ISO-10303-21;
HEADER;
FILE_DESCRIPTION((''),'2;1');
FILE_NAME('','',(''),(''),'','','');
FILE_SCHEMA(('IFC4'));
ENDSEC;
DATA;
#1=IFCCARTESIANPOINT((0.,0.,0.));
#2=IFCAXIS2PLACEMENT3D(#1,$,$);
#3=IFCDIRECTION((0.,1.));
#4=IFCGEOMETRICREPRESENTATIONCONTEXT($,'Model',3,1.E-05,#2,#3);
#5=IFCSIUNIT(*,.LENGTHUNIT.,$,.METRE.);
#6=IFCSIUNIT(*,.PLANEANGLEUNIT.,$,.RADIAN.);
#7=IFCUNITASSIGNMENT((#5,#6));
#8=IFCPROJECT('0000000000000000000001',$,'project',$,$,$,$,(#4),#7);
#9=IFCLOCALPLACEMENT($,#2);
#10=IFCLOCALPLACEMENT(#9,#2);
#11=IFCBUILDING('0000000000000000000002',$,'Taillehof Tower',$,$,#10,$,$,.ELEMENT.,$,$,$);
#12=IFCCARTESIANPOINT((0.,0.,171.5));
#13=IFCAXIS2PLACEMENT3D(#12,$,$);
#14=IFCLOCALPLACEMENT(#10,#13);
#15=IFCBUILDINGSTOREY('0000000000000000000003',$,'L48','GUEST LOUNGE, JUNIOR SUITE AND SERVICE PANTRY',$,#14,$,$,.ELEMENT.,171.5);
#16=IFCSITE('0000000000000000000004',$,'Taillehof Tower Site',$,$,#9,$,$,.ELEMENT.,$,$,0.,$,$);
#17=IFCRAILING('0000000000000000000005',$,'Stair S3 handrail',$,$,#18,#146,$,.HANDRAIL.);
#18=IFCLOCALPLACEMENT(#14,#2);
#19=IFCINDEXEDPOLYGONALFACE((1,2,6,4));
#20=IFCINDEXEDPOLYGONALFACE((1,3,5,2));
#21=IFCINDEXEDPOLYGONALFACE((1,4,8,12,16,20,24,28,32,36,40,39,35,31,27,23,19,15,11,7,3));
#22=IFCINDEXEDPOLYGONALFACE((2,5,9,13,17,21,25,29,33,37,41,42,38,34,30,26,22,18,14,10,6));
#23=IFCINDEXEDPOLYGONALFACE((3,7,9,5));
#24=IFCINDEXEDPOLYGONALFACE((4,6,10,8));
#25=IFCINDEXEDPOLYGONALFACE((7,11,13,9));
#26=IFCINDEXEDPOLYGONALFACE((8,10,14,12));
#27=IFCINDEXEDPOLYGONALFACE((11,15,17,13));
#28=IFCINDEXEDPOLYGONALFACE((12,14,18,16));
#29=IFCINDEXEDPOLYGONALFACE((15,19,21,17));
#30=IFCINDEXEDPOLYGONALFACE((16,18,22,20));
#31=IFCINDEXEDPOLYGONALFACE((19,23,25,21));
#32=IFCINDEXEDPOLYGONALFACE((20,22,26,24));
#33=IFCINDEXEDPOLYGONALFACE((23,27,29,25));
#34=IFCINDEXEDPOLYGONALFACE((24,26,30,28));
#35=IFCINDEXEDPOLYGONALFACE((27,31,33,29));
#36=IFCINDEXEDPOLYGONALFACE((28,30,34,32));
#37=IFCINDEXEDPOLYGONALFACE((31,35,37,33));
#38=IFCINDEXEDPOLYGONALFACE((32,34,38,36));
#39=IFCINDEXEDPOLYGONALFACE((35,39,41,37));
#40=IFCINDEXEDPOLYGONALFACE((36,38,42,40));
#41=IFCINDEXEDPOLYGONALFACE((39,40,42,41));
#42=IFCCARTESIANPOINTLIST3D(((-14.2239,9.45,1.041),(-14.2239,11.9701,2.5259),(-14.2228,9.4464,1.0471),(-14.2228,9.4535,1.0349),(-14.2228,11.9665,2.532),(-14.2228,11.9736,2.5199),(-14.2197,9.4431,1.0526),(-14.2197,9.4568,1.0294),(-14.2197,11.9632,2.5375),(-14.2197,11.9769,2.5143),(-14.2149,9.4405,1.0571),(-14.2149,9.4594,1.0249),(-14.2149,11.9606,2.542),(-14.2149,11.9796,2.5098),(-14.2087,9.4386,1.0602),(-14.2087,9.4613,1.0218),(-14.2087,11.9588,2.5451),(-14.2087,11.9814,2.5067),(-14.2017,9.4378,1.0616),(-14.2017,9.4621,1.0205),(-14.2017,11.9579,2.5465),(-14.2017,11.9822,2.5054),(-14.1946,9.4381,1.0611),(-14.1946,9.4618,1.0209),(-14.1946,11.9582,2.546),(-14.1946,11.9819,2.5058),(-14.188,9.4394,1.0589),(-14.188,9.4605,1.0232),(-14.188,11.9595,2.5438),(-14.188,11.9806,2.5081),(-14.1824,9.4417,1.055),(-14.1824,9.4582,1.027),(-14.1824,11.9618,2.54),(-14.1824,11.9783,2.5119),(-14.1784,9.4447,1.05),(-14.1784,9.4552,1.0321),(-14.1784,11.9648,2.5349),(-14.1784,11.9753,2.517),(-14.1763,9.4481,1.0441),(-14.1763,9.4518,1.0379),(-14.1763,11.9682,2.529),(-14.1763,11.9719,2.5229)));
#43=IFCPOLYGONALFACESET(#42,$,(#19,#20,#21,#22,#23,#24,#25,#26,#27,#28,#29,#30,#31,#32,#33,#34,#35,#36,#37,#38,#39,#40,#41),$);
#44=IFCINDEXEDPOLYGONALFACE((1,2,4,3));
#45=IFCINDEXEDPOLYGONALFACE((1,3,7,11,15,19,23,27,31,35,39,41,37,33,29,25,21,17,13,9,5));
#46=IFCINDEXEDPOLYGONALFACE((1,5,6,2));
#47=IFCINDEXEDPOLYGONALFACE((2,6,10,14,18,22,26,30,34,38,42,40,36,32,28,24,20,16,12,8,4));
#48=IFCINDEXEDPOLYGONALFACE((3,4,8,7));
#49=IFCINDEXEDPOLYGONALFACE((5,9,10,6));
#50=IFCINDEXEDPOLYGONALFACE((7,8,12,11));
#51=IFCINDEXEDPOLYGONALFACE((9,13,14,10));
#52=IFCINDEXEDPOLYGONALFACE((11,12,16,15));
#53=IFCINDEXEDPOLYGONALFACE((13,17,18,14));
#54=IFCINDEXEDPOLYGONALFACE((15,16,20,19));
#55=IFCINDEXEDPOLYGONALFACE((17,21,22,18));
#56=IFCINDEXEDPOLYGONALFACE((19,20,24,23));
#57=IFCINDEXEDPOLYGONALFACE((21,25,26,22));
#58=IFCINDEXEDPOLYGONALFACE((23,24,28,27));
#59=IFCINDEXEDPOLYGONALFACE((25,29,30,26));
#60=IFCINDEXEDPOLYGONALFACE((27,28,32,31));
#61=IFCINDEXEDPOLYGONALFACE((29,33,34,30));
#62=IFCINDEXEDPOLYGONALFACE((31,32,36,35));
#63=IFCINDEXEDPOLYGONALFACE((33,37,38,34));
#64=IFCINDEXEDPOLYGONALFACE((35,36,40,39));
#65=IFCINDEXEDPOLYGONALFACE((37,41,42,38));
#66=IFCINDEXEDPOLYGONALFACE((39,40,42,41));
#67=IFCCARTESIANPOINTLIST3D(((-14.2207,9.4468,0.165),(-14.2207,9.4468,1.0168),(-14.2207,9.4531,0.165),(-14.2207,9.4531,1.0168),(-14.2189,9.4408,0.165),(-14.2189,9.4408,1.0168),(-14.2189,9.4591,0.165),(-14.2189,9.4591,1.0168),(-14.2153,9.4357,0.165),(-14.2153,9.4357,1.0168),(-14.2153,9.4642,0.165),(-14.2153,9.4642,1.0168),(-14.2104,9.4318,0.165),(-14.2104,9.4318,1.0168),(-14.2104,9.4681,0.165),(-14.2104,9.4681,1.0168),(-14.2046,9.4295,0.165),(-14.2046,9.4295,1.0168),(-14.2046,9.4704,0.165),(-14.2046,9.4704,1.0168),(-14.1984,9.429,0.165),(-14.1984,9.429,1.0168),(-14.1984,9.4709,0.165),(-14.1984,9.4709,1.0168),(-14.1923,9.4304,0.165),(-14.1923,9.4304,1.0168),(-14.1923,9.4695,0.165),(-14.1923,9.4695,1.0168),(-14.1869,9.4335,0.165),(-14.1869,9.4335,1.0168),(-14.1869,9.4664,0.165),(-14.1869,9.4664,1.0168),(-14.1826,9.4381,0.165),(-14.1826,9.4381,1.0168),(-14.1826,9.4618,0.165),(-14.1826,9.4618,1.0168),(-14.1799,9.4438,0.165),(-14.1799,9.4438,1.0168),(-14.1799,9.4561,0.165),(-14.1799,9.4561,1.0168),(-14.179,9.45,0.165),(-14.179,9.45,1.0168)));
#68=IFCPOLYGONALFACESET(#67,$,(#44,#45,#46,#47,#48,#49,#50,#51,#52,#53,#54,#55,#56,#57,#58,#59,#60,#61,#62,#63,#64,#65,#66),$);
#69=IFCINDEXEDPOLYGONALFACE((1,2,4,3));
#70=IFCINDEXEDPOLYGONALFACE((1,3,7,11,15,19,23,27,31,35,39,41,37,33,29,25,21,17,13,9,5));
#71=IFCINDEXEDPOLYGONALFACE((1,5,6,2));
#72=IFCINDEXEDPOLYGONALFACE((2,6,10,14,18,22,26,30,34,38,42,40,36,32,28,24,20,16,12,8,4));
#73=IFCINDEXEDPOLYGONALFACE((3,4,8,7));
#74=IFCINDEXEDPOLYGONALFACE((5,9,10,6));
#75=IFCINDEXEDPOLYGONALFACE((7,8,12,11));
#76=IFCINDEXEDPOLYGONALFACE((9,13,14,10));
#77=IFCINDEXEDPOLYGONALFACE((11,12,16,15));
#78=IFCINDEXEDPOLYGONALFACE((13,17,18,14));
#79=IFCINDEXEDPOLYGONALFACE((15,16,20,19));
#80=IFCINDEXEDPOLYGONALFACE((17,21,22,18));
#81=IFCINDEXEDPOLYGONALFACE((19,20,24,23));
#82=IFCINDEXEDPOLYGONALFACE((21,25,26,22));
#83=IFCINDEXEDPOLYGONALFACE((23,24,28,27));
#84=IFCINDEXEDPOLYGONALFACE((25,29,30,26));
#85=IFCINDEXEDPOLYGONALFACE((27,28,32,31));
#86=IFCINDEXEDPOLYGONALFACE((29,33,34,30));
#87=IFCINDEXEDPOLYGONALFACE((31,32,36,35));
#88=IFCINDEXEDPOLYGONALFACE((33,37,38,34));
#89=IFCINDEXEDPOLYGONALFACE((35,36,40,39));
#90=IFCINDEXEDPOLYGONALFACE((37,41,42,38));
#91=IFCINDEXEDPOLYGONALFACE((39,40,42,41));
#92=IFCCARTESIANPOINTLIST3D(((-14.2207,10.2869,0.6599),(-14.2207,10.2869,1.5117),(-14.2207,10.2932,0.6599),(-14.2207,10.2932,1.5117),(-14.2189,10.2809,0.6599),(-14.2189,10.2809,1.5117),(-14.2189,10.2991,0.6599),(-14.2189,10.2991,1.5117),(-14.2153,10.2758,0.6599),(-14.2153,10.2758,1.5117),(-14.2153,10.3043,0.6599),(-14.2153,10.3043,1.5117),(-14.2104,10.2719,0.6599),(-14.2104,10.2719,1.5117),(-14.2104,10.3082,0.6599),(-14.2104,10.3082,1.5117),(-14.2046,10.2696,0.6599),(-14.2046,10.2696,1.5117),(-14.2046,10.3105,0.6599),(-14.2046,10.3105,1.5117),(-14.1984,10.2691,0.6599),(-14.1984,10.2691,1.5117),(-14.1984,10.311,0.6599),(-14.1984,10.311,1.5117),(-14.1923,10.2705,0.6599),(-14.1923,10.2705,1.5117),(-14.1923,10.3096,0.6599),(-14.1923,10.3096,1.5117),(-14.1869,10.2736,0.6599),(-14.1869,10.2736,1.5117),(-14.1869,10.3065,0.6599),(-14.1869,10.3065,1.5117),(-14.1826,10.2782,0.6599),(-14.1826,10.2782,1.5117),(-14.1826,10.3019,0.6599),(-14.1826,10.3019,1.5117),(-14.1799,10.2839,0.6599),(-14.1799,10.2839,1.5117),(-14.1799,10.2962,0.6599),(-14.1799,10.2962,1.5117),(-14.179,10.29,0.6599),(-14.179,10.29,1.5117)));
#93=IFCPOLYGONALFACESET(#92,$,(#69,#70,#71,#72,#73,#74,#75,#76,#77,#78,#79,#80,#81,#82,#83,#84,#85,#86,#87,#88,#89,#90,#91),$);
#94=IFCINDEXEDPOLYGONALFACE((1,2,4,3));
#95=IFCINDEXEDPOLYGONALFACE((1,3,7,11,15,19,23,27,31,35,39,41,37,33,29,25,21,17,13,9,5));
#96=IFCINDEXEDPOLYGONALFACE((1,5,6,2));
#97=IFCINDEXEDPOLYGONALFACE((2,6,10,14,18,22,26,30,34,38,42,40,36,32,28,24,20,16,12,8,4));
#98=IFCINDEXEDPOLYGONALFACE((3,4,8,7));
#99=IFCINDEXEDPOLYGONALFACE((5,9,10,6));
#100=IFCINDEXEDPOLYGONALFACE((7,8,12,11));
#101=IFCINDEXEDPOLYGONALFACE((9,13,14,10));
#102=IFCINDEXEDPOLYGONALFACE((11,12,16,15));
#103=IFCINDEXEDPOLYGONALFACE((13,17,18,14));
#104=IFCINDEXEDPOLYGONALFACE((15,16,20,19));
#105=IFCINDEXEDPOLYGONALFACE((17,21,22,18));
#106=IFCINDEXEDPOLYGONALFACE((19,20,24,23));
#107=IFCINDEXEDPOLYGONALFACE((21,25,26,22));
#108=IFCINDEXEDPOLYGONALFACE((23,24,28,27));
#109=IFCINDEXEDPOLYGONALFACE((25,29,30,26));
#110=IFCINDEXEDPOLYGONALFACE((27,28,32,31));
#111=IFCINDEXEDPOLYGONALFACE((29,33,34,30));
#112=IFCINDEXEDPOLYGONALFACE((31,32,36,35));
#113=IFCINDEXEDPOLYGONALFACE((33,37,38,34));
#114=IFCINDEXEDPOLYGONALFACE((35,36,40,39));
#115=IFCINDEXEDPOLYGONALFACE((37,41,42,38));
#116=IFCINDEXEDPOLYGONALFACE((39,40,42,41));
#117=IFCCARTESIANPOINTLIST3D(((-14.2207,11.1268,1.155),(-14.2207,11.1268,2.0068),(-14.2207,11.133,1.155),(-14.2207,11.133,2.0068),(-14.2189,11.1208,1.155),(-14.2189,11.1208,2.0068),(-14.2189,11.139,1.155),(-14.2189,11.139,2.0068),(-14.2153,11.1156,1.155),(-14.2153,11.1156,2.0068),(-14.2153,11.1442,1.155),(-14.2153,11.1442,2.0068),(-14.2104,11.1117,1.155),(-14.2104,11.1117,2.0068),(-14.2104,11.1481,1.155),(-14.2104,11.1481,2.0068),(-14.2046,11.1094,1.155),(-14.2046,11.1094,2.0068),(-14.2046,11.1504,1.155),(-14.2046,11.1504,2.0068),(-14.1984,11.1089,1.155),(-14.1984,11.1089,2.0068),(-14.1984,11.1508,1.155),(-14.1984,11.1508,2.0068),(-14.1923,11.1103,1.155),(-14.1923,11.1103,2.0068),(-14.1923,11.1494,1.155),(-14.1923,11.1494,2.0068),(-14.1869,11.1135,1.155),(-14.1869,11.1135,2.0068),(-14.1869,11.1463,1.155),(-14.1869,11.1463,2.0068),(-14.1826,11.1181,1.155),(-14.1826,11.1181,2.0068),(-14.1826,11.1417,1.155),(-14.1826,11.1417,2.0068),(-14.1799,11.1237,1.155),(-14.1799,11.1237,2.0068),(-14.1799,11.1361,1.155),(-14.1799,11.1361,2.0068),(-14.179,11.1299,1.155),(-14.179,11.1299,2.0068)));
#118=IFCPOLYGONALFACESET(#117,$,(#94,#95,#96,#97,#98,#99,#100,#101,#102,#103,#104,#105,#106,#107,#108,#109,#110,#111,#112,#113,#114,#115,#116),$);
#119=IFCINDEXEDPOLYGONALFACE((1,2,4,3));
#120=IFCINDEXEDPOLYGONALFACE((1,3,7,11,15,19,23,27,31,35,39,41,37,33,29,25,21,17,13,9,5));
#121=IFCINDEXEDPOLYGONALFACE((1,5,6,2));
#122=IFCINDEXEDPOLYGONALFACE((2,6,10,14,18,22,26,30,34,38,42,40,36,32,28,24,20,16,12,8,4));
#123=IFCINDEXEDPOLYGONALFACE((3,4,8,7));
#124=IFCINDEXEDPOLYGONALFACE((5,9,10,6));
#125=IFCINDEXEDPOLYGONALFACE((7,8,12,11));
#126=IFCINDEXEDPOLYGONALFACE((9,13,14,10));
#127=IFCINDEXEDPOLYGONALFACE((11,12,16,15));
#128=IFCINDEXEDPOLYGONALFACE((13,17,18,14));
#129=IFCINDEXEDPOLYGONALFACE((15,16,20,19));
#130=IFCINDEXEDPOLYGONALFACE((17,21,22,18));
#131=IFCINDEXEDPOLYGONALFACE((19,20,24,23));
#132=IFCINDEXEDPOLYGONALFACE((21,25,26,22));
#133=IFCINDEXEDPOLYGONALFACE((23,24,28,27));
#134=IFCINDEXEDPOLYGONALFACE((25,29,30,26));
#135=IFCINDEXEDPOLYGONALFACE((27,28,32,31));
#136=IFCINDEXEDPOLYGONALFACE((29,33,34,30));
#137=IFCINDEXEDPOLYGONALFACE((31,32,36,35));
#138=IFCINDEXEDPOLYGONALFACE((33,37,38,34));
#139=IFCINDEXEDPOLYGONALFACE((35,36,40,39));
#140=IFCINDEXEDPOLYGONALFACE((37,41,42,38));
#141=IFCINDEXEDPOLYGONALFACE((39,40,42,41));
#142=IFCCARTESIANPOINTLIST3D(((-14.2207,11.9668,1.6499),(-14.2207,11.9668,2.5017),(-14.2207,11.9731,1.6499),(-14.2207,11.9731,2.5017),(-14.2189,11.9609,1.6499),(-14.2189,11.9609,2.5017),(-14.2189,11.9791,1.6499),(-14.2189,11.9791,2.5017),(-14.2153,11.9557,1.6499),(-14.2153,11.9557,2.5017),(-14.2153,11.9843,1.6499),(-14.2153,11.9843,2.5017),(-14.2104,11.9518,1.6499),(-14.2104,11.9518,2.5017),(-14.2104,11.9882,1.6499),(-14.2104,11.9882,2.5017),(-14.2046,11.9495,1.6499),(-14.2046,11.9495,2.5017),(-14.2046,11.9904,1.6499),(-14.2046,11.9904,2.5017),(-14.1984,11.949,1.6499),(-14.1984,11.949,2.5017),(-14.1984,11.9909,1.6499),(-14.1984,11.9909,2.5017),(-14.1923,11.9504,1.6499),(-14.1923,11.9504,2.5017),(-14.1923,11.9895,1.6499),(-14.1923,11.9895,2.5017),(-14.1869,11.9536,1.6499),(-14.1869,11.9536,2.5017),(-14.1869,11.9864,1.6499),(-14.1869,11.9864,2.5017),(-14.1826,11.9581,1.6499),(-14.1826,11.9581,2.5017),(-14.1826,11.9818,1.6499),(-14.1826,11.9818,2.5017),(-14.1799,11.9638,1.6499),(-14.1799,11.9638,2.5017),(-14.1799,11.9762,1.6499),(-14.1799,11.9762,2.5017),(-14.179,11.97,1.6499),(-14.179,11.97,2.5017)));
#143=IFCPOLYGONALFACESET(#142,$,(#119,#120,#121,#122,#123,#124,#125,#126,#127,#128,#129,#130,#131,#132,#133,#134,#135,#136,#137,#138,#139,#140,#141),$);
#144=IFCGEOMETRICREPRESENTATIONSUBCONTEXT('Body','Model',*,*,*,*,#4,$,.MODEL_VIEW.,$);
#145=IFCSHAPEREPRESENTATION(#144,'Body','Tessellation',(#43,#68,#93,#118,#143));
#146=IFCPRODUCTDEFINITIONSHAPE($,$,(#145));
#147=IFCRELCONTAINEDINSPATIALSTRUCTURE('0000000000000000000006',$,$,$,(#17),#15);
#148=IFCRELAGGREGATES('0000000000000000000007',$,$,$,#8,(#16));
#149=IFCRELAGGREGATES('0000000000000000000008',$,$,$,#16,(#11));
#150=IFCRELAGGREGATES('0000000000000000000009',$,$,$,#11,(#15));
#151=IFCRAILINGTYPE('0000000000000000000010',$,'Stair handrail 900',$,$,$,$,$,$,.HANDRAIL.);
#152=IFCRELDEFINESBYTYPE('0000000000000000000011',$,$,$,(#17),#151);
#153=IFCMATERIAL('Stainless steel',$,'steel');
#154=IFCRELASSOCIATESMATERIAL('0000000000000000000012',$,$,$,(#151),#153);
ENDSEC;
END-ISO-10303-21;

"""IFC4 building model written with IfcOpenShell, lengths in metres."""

from ifc_helpers import new_model, si_unit, direction, frame, origin, origin_2d, place, context, subcontext, project, spatial, circle, extrude, material, type_object, element, save


model = new_model("IFC4")

# Units and contexts
model_context = context("Model", 3, precision=1e-05, world=origin(), true_north=direction((0.0, 1.0)))
body_context = subcontext(model_context, "Body", "Model", "MODEL_VIEW")
ifc_project = project(units=[si_unit("LENGTHUNIT", "METRE"), si_unit("PLANEANGLEUNIT", "RADIAN")], contexts=[model_context])

# Site, building, storey
site_placement = place(None, origin())
site = spatial("IfcSite", under=ifc_project, at=site_placement, Name="Taillehof Tower Site", CompositionType="ELEMENT", RefElevation=0.0)
building_placement = place(site_placement, origin())
building = spatial("IfcBuilding", under=site, at=building_placement, Name="Taillehof Tower", CompositionType="ELEMENT")
storey_placement = place(building_placement, frame((0.0, 0.0, 171.5)))
storey = spatial("IfcBuildingStorey", under=building, at=storey_placement, Name="L48", Description="GUEST LOUNGE, JUNIOR SUITE AND SERVICE PANTRY", CompositionType="ELEMENT", Elevation=171.5)

# Railing
ifc_material_1 = material(Name="Stainless steel", Category="steel")
railing_type = type_object("IfcRailingType", Name="Stair handrail 900", PredefinedType="HANDRAIL", material=ifc_material_1)
railing_placement = place(storey_placement, frame((-14.2, 9.45, 0.165)))
element("IfcRailing", 1, at=railing_placement, inside=storey, type_object=railing_type, Name="Stair S3 handrail", PredefinedType="HANDRAIL", context=body_context, shape_type="SweptSolid", body=[
    extrude(circle(Radius=0.0239, at=origin_2d()), frame((0.0, 0.0, 0.876), z_axis=(0.0, 0.861561, 0.507655), x_axis=(-1.0, 0.0, 0.0)), (0.0, 0.0, 1.0), 2.925),
    extrude(circle(Radius=0.021, at=origin_2d()), origin(), (0.0, 0.0, 1.0), 0.8518),
    extrude(circle(Radius=0.021, at=origin_2d()), frame((0.0, 0.8401, 0.4949)), (0.0, 0.0, 1.0), 0.8518),
    extrude(circle(Radius=0.021, at=origin_2d()), frame((0.0, 1.6799, 0.99)), (0.0, 0.0, 1.0), 0.8518),
    extrude(circle(Radius=0.021, at=origin_2d()), frame((0.0, 2.52, 1.4849)), (0.0, 0.0, 1.0), 0.8518),
])

save(model, "model.ifc")
